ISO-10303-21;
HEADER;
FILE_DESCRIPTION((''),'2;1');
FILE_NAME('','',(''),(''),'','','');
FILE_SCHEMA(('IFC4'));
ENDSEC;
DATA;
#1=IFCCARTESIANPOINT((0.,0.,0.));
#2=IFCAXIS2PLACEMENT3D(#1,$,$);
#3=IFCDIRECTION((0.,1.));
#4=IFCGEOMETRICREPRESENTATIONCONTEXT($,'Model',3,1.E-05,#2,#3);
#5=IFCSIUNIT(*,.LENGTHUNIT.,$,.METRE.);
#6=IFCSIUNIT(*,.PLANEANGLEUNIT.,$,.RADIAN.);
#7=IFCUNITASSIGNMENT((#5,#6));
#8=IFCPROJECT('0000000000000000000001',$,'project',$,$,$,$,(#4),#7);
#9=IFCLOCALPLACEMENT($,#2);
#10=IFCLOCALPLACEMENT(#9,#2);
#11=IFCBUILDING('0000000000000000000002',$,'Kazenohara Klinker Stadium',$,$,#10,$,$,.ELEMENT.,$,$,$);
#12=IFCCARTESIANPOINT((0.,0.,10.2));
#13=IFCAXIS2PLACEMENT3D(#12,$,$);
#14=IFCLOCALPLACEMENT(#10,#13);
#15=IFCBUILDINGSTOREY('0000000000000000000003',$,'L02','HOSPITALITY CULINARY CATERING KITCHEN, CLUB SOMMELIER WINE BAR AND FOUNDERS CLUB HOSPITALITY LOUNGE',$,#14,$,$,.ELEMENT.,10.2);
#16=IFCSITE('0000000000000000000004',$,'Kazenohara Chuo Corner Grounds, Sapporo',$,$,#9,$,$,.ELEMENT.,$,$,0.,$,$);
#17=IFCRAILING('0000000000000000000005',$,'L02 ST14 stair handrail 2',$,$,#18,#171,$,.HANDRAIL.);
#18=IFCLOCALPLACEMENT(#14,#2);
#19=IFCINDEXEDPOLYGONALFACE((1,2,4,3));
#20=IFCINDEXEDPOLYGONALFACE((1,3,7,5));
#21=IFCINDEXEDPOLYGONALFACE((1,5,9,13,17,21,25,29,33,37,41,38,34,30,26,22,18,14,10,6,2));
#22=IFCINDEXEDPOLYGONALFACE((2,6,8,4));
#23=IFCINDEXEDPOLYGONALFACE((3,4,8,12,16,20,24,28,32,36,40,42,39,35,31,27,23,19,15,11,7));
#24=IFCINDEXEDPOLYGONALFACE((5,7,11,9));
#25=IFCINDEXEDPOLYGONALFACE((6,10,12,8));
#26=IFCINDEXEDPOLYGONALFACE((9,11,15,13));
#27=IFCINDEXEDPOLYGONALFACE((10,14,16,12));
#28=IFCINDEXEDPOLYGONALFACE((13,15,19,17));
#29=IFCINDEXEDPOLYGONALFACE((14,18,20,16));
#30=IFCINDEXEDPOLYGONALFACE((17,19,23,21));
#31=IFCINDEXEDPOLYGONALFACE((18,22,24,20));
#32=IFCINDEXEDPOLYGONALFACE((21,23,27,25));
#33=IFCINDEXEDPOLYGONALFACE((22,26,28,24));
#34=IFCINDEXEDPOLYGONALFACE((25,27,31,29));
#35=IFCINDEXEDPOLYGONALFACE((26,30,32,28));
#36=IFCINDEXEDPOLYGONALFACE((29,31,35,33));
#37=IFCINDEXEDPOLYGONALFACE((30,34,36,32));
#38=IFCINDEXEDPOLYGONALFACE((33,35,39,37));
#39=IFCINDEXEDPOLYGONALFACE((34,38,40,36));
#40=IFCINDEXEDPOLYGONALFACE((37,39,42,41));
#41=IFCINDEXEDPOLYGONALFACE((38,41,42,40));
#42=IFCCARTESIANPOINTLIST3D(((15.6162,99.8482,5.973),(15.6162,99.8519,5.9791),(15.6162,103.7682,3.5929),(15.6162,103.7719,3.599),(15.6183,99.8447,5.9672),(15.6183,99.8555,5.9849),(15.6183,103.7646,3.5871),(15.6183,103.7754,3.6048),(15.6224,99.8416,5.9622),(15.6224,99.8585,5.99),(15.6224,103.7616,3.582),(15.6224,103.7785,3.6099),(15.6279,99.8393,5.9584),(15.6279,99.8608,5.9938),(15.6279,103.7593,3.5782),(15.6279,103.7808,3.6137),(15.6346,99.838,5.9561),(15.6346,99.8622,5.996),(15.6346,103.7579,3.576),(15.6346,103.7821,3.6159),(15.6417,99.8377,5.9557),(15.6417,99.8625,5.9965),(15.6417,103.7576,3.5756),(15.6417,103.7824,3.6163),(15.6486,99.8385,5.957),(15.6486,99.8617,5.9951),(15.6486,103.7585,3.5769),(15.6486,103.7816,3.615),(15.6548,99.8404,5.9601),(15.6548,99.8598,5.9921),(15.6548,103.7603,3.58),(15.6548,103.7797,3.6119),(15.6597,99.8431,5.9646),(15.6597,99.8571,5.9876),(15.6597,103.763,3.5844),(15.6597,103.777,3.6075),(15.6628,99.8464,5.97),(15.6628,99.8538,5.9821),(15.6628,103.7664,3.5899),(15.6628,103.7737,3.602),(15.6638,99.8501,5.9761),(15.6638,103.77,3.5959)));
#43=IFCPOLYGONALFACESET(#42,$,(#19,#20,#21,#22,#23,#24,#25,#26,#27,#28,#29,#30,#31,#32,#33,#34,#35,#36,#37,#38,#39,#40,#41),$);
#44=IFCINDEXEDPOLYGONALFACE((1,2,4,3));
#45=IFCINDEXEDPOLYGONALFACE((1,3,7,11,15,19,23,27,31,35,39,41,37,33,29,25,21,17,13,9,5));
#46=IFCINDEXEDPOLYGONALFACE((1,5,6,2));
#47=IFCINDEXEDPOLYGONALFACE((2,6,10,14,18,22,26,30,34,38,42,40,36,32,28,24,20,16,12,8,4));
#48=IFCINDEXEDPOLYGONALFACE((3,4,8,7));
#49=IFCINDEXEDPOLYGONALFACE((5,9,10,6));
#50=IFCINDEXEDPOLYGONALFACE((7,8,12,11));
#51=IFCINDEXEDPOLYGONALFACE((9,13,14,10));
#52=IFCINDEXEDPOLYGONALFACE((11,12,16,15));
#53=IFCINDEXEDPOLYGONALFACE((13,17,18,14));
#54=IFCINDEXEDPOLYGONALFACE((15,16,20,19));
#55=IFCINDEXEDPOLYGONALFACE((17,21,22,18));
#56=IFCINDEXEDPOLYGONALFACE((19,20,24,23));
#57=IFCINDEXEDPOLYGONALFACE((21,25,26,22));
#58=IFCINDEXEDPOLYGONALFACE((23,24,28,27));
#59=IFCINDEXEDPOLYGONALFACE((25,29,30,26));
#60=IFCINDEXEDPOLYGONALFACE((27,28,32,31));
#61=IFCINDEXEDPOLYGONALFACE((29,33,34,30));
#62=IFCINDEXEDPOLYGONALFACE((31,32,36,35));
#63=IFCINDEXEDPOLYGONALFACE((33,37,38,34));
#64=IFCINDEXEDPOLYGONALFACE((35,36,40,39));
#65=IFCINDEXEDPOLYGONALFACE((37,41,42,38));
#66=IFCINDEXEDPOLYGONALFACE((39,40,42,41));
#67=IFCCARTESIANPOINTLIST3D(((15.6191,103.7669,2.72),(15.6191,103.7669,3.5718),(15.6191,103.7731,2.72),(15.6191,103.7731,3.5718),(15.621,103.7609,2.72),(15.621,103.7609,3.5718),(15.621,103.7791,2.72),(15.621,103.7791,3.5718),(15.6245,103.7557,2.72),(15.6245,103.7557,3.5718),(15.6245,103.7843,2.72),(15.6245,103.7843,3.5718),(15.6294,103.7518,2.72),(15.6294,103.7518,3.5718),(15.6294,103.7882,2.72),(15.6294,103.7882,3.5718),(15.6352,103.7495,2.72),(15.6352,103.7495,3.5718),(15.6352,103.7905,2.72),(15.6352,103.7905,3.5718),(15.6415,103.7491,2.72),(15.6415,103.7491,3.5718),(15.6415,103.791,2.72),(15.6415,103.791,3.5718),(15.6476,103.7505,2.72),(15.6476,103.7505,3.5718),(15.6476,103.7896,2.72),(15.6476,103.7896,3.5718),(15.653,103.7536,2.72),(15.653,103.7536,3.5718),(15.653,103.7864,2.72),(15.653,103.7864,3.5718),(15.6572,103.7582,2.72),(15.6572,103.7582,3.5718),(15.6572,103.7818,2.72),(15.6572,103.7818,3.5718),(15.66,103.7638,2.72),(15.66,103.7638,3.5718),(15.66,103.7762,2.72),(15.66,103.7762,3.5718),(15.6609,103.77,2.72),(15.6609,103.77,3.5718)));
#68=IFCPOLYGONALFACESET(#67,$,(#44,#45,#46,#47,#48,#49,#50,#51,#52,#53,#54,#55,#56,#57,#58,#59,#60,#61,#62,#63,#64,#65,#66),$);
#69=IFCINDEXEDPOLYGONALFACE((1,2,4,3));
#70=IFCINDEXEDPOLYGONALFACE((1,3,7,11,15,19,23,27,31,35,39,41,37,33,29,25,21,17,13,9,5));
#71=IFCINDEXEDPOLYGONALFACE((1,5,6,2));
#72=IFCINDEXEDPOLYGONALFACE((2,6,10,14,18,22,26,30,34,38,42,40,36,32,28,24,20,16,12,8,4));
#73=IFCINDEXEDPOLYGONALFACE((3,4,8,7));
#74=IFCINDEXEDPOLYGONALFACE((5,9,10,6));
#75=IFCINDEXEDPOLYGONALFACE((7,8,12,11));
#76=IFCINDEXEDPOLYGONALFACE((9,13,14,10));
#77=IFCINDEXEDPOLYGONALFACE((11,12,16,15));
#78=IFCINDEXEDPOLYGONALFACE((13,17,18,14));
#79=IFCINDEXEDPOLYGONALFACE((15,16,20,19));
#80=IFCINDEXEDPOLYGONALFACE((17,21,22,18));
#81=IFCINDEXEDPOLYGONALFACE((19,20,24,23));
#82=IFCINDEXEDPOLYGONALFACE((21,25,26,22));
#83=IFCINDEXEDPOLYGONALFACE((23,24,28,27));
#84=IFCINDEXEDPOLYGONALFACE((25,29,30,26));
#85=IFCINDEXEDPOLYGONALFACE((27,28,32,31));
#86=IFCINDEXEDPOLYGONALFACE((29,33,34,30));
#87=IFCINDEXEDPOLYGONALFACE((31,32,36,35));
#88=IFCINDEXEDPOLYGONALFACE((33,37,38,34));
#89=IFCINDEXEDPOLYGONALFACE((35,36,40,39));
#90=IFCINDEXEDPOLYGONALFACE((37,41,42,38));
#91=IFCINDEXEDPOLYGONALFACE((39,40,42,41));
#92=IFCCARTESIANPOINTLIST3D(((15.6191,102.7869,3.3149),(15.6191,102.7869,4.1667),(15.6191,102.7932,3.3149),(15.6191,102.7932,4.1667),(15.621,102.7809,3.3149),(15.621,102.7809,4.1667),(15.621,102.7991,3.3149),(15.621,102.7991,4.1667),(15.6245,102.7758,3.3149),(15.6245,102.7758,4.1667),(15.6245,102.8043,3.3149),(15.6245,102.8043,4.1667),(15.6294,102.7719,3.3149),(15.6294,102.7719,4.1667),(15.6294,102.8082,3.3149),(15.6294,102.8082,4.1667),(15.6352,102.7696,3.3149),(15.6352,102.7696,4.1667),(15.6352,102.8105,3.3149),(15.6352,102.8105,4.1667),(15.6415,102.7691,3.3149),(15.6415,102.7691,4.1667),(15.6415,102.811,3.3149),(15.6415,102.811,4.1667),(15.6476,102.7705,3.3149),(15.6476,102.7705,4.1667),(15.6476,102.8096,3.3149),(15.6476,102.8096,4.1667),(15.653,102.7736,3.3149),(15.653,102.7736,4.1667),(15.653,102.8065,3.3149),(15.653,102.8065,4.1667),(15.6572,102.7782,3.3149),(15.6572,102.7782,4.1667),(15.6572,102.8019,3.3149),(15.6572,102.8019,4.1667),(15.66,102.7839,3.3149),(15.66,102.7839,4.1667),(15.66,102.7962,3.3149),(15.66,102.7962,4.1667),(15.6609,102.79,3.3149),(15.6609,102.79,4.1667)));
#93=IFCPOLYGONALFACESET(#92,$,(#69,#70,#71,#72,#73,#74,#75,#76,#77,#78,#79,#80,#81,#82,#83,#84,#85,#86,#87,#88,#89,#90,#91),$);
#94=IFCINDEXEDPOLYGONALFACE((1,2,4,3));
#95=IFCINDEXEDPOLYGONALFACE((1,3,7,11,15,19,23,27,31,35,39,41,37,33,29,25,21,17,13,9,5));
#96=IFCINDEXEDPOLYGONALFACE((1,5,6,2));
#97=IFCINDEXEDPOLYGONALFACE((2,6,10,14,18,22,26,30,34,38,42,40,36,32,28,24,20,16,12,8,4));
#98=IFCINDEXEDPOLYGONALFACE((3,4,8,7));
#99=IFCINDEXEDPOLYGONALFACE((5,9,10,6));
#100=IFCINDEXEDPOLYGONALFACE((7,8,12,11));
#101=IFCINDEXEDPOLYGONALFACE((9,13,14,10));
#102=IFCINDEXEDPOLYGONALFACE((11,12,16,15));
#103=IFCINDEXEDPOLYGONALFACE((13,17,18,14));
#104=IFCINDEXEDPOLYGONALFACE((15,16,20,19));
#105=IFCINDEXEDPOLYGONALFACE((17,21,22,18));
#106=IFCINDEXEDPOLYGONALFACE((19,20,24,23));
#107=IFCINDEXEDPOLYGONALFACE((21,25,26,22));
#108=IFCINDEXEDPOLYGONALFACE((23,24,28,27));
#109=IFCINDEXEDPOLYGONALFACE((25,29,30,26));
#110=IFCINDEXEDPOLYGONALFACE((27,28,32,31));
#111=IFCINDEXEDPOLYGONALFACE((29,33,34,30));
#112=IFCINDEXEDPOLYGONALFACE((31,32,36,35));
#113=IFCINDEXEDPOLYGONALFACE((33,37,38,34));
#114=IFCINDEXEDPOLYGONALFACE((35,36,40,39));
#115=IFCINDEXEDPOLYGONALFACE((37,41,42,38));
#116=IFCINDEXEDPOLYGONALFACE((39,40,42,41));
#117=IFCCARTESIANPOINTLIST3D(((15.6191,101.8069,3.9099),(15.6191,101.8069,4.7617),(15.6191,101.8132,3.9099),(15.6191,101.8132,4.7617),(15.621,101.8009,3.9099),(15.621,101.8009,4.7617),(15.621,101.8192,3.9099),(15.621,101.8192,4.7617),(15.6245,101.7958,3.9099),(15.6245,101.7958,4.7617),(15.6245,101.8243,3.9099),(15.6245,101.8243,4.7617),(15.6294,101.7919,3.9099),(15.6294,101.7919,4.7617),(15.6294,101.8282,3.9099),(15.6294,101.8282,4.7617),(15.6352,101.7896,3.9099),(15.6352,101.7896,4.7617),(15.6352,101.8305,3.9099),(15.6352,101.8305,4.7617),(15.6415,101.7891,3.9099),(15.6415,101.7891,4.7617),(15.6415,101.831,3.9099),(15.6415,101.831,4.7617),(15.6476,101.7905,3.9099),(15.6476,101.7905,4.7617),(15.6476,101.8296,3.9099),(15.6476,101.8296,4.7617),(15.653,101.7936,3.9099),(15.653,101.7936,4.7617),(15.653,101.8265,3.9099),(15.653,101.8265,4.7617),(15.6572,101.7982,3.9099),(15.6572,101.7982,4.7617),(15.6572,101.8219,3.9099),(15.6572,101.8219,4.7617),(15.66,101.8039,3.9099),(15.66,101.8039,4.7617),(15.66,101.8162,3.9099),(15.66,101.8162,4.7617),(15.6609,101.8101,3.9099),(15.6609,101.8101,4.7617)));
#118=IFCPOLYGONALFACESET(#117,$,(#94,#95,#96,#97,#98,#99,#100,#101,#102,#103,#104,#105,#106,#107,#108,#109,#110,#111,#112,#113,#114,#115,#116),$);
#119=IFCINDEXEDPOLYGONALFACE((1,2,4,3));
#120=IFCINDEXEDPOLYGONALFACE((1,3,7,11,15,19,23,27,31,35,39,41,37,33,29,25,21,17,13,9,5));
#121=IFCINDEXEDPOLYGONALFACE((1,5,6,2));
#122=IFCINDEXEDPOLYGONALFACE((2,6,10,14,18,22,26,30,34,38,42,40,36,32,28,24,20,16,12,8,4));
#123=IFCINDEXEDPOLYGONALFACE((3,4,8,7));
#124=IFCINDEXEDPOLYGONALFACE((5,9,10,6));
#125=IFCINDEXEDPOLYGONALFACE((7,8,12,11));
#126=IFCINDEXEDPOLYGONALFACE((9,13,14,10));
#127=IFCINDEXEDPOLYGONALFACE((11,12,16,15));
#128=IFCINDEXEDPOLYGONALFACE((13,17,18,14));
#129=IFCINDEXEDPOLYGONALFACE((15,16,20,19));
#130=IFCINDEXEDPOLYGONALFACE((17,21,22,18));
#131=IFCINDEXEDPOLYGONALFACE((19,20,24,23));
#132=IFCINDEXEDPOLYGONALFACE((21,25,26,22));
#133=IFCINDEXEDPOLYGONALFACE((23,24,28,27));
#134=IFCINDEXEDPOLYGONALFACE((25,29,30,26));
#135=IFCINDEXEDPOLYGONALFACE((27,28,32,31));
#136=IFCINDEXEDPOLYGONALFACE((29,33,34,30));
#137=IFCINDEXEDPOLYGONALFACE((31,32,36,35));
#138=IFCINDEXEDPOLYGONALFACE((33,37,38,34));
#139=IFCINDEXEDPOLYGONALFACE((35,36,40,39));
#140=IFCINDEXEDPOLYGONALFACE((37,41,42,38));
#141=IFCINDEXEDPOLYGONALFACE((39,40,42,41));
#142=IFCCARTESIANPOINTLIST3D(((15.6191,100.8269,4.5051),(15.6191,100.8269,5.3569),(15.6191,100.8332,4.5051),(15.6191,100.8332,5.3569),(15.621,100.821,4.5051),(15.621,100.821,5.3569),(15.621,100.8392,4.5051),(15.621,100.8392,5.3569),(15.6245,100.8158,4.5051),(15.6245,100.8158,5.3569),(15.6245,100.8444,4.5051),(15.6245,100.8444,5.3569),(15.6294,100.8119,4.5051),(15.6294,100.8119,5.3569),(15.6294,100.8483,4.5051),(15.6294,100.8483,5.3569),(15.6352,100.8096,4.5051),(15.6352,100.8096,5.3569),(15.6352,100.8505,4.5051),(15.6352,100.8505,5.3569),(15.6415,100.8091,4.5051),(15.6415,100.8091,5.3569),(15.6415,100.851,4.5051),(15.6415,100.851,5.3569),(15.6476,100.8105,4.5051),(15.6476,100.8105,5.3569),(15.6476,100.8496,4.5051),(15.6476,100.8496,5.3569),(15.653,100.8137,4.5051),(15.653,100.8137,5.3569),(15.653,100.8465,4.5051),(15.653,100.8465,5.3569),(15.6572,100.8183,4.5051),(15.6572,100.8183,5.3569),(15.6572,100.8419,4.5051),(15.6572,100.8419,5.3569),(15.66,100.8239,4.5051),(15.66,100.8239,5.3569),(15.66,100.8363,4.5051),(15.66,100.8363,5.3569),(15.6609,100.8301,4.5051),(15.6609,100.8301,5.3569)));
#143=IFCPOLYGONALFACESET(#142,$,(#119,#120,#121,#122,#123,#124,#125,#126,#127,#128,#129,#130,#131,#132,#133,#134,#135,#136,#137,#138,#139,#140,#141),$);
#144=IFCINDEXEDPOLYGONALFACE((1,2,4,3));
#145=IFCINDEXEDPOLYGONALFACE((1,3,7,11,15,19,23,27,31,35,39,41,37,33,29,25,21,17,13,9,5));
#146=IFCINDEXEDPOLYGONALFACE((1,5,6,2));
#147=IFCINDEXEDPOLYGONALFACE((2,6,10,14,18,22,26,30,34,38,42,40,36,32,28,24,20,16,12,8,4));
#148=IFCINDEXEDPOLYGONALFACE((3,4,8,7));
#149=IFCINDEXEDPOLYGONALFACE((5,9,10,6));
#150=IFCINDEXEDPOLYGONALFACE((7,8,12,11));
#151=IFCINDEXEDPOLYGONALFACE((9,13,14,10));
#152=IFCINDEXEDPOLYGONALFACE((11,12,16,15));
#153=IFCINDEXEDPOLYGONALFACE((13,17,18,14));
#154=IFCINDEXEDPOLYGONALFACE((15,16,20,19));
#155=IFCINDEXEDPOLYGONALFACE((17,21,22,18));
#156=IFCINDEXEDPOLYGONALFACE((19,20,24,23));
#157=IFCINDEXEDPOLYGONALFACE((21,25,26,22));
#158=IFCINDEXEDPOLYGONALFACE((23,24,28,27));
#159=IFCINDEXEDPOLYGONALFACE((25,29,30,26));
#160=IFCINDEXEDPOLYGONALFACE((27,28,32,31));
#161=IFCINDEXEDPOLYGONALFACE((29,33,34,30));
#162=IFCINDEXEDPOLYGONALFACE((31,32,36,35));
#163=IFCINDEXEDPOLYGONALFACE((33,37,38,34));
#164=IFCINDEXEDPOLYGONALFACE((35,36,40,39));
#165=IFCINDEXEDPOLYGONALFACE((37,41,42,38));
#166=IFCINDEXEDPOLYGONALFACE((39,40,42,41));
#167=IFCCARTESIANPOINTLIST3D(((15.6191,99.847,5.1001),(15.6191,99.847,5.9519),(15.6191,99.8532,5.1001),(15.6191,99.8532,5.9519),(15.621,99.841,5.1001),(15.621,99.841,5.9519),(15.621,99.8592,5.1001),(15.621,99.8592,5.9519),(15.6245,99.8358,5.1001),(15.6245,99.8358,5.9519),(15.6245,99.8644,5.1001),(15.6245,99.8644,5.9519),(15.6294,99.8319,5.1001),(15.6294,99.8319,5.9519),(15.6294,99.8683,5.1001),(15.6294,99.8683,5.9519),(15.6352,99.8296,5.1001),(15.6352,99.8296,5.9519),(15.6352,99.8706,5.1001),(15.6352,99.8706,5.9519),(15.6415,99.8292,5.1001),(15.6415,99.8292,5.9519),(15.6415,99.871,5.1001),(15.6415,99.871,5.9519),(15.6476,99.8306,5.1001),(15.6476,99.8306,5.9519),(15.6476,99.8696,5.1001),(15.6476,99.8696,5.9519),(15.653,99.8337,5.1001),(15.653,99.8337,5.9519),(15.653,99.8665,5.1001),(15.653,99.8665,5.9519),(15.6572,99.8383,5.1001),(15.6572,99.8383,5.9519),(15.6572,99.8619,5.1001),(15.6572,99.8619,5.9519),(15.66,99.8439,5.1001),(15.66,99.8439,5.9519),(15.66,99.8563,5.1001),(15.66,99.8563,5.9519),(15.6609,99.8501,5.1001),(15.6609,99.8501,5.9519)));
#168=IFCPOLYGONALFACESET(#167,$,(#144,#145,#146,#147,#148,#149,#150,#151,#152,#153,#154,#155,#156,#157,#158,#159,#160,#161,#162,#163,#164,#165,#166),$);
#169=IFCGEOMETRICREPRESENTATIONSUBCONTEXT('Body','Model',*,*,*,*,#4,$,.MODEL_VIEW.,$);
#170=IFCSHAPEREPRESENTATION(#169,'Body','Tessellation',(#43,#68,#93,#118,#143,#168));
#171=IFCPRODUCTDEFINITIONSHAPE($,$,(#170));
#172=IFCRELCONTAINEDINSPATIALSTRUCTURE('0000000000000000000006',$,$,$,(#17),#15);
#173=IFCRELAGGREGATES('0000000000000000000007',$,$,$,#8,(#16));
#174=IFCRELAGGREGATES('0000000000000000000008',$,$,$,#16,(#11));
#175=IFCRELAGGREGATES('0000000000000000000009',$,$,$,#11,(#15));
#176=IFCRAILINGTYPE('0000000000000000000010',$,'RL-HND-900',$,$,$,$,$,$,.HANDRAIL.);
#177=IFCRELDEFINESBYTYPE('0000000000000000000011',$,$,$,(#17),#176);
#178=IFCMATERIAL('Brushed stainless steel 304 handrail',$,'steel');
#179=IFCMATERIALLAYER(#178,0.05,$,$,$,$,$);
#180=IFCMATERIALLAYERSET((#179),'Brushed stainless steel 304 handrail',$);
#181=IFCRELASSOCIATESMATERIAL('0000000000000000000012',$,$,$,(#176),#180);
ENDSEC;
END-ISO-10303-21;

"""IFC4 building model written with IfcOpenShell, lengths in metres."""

from ifc_helpers import new_model, si_unit, direction, frame, origin, origin_2d, place, context, subcontext, project, spatial, circle, extrude, material, layer, layer_set, type_object, element, save


model = new_model("IFC4")

# Units and contexts
model_context = context("Model", 3, precision=1e-05, world=origin(), true_north=direction((0.0, 1.0)))
body_context = subcontext(model_context, "Body", "Model", "MODEL_VIEW")
ifc_project = project(units=[si_unit("LENGTHUNIT", "METRE"), si_unit("PLANEANGLEUNIT", "RADIAN")], contexts=[model_context])

# Site, building, storey
site_placement = place(None, origin())
site = spatial("IfcSite", under=ifc_project, at=site_placement, Name="Kazenohara Chuo Corner Grounds, Sapporo", CompositionType="ELEMENT", RefElevation=0.0)
building_placement = place(site_placement, origin())
building = spatial("IfcBuilding", under=site, at=building_placement, Name="Kazenohara Klinker Stadium", CompositionType="ELEMENT")
storey_placement = place(building_placement, frame((0.0, 0.0, 10.2)))
storey = spatial("IfcBuildingStorey", under=building, at=storey_placement, Name="L02", Description="HOSPITALITY CULINARY CATERING KITCHEN, CLUB SOMMELIER WINE BAR AND FOUNDERS CLUB HOSPITALITY LOUNGE", CompositionType="ELEMENT", Elevation=10.2)

# Railing
ifc_material_1 = material(Name="Brushed stainless steel 304 handrail", Category="steel")
ifc_layer_1 = layer(ifc_material_1, 0.05)
ifc_layer_set_1 = layer_set([ifc_layer_1], Name="Brushed stainless steel 304 handrail")
railing_type_1 = type_object("IfcRailingType", Name="RL-HND-900", PredefinedType="HANDRAIL", material=ifc_layer_set_1)
railing_1_placement = place(storey_placement, frame((15.6399, 103.77, 2.72)))
element("IfcRailing", 1, at=railing_1_placement, inside=storey, type_object=railing_type_1, Name="L02 ST14 stair handrail 2", PredefinedType="HANDRAIL", context=body_context, shape_type="SweptSolid", body=[
    extrude(circle(Radius=0.0239, at=origin_2d()), frame((0.0, 0.0, 0.876), z_axis=(0.0, -0.854771, 0.519006), x_axis=(1.0, 0.0, 0.0)), (0.0, 0.0, 1.0), 4.5859),
    extrude(circle(Radius=0.021, at=origin_2d()), origin(), (0.0, 0.0, 1.0), 0.8518),
    extrude(circle(Radius=0.021, at=origin_2d()), frame((0.0, -0.98, 0.595)), (0.0, 0.0, 1.0), 0.8518),
    extrude(circle(Radius=0.021, at=origin_2d()), frame((0.0, -1.96, 1.1899)), (0.0, 0.0, 1.0), 0.8518),
    extrude(circle(Radius=0.021, at=origin_2d()), frame((0.0, -2.9399, 1.7852)), (0.0, 0.0, 1.0), 0.8518),
    extrude(circle(Radius=0.021, at=origin_2d()), frame((0.0, -3.9199, 2.3801)), (0.0, 0.0, 1.0), 0.8518),
])

save(model, "model.ifc")
